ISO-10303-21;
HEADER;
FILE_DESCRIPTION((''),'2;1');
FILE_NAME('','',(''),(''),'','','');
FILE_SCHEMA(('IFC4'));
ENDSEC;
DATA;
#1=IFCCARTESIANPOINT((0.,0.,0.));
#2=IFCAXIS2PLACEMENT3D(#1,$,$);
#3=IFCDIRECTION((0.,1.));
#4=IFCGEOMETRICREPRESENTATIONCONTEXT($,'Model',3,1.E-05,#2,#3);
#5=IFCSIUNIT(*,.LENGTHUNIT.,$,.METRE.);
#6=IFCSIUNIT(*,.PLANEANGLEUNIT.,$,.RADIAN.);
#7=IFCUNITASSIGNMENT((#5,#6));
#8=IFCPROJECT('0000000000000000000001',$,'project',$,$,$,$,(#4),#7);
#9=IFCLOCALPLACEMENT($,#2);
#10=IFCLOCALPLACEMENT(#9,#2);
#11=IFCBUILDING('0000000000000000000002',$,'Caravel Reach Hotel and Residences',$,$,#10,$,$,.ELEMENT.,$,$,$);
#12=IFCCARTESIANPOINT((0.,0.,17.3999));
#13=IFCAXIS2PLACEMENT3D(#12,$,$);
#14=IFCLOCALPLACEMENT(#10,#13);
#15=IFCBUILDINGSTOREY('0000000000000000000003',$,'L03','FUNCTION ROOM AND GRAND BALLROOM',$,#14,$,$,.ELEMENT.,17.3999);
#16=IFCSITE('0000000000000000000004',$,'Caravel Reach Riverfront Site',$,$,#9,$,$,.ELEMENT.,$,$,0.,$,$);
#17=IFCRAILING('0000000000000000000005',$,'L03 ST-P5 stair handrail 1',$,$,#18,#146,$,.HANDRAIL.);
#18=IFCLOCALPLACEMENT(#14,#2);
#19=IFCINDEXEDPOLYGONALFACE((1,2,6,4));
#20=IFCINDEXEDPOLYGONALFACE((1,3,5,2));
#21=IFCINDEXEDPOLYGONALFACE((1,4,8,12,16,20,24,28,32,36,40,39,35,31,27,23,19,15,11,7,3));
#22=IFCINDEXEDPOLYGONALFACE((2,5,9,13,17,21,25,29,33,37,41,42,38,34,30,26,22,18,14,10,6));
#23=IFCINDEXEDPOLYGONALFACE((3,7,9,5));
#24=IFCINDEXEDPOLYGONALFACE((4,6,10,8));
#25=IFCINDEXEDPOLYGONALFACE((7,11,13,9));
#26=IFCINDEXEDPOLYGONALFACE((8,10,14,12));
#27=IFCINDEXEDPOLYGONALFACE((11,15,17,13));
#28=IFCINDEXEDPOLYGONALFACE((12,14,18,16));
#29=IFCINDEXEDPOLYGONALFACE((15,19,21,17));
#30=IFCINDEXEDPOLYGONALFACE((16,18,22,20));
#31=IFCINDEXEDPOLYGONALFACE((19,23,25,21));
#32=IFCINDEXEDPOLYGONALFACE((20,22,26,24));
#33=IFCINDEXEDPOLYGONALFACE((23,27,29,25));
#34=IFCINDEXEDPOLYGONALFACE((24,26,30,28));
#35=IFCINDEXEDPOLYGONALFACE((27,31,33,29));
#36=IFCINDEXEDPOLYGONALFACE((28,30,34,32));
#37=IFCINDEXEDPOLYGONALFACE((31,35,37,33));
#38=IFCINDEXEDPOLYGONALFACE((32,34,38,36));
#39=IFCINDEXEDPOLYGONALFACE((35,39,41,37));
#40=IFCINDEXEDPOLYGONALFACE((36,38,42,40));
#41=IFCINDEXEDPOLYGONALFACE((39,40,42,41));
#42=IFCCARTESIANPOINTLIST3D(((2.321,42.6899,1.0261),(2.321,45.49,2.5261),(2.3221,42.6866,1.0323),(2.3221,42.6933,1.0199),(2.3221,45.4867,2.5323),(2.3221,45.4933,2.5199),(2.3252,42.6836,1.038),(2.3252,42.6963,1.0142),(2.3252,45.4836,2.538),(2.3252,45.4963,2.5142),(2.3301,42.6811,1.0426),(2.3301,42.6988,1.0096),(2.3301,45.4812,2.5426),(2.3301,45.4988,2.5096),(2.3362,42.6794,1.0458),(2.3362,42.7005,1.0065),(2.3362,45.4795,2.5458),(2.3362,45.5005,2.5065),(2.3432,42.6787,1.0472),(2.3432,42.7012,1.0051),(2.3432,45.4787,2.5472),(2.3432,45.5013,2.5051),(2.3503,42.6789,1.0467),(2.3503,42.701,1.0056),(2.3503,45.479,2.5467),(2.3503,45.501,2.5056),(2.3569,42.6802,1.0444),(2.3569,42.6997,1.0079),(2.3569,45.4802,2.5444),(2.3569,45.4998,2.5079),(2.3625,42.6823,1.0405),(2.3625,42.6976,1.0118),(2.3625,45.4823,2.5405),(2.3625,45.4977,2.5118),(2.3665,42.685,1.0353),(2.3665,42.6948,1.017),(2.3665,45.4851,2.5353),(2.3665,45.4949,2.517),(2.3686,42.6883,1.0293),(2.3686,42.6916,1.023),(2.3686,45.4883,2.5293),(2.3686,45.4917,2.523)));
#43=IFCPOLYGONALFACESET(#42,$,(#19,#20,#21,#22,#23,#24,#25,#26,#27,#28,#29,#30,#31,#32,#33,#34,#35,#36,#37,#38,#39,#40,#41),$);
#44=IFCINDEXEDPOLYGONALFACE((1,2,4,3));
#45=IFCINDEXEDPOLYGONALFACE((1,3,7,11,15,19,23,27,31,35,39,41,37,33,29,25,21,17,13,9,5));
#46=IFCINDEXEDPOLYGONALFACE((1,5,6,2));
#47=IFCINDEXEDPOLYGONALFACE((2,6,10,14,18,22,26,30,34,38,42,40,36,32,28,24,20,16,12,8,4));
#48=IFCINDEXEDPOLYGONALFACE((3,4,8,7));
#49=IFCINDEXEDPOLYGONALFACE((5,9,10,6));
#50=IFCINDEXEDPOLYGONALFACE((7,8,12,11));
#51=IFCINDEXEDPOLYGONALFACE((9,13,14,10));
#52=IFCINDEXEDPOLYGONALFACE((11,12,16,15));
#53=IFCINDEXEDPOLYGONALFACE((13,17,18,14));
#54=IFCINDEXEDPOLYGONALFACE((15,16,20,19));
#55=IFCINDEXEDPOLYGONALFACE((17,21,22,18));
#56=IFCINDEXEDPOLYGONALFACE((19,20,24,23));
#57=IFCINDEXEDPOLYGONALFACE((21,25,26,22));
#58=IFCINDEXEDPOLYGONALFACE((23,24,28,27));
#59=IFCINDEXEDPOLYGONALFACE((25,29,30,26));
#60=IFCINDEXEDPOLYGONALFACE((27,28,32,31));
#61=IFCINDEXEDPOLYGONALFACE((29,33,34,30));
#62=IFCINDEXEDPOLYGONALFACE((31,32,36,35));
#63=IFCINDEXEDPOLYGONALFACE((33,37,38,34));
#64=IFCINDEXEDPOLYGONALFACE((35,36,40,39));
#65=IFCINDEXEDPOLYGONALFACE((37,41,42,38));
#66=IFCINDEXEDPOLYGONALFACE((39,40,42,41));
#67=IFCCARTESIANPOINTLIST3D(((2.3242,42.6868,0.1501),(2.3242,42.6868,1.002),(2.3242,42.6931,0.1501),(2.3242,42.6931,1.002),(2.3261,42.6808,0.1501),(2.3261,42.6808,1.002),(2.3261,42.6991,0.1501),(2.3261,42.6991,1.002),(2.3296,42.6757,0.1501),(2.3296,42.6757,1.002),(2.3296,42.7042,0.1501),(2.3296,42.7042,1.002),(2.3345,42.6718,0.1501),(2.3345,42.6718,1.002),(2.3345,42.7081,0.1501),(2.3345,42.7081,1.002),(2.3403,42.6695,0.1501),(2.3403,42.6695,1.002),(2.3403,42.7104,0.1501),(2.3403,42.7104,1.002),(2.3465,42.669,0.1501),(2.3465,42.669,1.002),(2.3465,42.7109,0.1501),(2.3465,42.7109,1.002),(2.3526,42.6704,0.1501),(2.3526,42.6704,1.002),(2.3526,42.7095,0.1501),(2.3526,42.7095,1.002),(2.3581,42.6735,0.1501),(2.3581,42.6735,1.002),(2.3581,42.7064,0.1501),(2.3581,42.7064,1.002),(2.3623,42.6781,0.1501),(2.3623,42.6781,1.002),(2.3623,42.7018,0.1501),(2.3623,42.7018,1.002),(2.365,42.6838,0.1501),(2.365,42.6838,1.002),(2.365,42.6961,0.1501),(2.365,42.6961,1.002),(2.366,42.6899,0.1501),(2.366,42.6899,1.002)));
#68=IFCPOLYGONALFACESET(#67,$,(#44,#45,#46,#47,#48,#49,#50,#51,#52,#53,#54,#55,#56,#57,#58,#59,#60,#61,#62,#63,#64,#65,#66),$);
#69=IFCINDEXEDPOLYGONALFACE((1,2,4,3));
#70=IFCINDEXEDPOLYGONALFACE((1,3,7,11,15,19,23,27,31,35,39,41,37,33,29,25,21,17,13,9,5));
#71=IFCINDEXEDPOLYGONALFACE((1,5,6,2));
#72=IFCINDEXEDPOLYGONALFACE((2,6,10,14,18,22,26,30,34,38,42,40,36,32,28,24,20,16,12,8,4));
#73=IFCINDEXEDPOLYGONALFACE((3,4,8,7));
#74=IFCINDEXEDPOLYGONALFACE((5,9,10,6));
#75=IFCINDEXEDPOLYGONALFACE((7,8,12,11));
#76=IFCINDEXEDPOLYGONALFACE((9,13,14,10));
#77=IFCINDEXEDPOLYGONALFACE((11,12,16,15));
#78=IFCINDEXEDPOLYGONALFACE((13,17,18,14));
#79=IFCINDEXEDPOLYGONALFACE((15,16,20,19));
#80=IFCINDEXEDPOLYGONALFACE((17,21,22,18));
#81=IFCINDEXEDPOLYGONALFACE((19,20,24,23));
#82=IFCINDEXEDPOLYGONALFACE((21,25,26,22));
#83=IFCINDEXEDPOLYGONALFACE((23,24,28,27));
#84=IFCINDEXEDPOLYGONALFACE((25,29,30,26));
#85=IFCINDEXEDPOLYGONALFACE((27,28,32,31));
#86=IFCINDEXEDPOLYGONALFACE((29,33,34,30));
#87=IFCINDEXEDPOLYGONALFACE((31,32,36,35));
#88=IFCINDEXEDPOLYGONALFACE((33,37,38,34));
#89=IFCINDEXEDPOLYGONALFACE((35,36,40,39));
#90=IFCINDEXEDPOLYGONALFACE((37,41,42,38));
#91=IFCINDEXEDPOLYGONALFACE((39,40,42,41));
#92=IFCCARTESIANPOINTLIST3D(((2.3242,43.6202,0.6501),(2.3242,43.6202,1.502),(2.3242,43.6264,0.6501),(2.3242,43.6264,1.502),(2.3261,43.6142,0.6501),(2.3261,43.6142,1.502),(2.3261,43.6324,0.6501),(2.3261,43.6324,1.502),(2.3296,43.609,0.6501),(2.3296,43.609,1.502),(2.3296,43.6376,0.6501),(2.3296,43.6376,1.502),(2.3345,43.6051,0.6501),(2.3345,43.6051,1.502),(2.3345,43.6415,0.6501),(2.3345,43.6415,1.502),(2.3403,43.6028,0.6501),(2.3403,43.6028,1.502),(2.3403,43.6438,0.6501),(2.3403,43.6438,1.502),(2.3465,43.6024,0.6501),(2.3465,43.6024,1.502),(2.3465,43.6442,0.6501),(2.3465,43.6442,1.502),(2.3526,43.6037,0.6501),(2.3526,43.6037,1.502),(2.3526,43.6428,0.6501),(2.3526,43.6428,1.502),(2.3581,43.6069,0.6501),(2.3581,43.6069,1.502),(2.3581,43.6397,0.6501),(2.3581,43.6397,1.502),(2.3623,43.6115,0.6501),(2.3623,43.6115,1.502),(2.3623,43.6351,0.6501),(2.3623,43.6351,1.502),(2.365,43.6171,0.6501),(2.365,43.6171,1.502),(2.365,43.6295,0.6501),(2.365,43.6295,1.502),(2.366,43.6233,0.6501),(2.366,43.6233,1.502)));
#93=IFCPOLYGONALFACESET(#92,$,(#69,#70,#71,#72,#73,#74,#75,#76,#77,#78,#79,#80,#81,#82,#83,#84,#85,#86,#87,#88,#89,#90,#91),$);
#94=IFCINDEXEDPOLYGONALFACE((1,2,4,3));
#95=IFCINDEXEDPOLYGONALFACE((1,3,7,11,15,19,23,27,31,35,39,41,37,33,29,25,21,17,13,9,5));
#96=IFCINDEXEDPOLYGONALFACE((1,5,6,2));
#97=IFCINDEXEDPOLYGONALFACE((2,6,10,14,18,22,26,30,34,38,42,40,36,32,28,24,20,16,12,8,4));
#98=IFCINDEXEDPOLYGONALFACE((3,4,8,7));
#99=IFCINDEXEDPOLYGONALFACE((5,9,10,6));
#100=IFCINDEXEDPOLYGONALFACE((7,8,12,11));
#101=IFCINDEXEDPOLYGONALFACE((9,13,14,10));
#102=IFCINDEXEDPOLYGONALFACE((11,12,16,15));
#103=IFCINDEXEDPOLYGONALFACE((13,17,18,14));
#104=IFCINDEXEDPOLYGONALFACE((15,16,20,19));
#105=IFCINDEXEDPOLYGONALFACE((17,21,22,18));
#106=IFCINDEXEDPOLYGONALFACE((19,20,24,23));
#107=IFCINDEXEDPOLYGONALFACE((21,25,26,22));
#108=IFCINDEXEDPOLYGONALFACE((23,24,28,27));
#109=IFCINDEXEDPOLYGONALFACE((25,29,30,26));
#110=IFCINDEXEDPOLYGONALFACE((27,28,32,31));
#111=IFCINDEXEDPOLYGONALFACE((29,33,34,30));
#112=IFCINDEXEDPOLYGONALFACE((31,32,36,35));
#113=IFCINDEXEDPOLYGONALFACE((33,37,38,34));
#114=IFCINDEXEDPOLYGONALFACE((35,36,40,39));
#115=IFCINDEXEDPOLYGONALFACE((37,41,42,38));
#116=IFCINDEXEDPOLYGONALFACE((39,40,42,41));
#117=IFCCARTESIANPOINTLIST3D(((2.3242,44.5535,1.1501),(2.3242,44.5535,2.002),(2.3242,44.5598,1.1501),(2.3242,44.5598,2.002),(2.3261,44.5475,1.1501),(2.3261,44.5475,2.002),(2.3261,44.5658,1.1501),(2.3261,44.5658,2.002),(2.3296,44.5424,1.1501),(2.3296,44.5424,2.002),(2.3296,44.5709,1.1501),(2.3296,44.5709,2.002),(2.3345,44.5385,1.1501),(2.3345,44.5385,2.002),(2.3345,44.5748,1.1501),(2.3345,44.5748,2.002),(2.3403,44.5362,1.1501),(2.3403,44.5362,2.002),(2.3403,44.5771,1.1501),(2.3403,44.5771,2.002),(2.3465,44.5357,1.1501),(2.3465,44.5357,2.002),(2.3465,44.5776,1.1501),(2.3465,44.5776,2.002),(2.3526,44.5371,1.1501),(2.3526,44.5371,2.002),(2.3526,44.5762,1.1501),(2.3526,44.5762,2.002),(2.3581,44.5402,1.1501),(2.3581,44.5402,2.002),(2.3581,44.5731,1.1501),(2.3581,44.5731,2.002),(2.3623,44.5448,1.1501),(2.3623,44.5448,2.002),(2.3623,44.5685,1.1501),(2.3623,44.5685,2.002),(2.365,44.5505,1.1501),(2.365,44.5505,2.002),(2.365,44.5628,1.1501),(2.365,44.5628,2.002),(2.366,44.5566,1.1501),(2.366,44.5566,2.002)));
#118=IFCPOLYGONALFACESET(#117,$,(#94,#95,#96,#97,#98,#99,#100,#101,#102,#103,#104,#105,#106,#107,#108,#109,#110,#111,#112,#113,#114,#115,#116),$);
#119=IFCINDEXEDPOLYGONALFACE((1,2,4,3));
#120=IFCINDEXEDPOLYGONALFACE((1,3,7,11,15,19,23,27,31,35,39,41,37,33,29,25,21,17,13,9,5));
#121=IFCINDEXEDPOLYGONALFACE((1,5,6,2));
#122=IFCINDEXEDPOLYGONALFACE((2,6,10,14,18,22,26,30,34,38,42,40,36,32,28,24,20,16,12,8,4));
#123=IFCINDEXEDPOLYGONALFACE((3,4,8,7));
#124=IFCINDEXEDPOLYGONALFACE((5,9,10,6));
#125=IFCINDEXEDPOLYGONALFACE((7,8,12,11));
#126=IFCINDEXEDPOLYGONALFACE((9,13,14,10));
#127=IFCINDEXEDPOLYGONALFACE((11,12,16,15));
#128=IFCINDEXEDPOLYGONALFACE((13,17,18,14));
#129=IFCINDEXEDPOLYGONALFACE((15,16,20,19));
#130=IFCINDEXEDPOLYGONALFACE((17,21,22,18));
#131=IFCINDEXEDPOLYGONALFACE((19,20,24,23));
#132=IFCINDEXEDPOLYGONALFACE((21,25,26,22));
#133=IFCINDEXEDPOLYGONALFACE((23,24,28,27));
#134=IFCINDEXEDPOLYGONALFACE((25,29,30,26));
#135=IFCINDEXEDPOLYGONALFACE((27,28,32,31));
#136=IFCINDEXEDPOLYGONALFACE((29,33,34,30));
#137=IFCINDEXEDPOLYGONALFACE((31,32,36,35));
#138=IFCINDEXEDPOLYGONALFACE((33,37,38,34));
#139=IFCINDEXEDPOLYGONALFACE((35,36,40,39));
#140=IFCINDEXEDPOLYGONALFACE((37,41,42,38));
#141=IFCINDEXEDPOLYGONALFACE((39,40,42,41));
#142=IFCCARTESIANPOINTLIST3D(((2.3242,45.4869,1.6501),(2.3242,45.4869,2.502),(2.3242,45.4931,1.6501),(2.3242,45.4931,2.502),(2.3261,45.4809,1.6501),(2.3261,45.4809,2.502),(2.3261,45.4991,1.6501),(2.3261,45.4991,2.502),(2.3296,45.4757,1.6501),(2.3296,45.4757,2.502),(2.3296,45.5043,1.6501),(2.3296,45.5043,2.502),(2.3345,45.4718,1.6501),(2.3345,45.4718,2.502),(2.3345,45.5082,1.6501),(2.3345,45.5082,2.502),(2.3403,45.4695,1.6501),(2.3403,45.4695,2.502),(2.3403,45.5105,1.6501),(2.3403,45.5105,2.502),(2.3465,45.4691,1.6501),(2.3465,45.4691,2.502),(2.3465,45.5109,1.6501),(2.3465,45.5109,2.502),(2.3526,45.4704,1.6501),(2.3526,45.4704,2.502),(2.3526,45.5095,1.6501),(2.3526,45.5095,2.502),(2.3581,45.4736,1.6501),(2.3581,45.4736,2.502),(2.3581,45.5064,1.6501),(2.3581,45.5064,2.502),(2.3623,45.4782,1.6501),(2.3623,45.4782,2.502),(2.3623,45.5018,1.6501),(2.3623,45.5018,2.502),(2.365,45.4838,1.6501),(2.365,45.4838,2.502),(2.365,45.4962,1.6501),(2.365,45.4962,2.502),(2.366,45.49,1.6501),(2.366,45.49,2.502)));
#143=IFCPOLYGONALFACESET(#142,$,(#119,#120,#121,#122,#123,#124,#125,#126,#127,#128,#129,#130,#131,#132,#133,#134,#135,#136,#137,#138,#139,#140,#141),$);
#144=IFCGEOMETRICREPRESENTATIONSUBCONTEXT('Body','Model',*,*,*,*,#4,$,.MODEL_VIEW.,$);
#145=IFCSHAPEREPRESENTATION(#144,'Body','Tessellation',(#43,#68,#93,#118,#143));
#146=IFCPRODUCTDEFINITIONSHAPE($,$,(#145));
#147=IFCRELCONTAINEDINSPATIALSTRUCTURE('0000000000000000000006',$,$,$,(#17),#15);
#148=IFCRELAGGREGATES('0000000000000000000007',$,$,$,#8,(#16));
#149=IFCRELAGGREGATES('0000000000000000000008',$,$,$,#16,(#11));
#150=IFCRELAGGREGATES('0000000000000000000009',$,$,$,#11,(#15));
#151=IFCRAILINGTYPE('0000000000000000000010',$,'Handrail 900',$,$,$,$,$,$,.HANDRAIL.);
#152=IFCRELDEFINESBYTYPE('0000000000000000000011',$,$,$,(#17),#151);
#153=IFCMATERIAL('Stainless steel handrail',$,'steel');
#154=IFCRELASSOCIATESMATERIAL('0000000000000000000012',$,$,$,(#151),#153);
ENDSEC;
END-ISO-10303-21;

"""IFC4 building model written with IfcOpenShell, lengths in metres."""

from ifc_helpers import new_model, si_unit, direction, frame, origin, origin_2d, place, context, subcontext, project, spatial, circle, extrude, material, type_object, element, save


model = new_model("IFC4")

# Units and contexts
model_context = context("Model", 3, precision=1e-05, world=origin(), true_north=direction((0.0, 1.0)))
body_context = subcontext(model_context, "Body", "Model", "MODEL_VIEW")
ifc_project = project(units=[si_unit("LENGTHUNIT", "METRE"), si_unit("PLANEANGLEUNIT", "RADIAN")], contexts=[model_context])

# Site, building, storey
site_placement = place(None, origin())
site = spatial("IfcSite", under=ifc_project, at=site_placement, Name="Caravel Reach Riverfront Site", CompositionType="ELEMENT", RefElevation=0.0)
building_placement = place(site_placement, origin())
building = spatial("IfcBuilding", under=site, at=building_placement, Name="Caravel Reach Hotel and Residences", CompositionType="ELEMENT")
storey_placement = place(building_placement, frame((0.0, 0.0, 17.3999)))
storey = spatial("IfcBuildingStorey", under=building, at=storey_placement, Name="L03", Description="FUNCTION ROOM AND GRAND BALLROOM", CompositionType="ELEMENT", Elevation=17.3999)

# Railing
ifc_material_1 = material(Name="Stainless steel handrail", Category="steel")
railing_type_1 = type_object("IfcRailingType", Name="Handrail 900", PredefinedType="HANDRAIL", material=ifc_material_1)
for number, where, name in (
    (1, (2.345, 42.6899, 0.1501), "L03 ST-P5 stair handrail 1"),
):
    element("IfcRailing", number, at=place(storey_placement, frame(where)), inside=storey, type_object=railing_type_1, Name=name, PredefinedType="HANDRAIL", context=body_context, shape_type="SweptSolid", body=[
        extrude(circle(Radius=0.0239, at=origin_2d()), frame((0.0, 0.0, 0.876), z_axis=(0.0, 0.881483, 0.472215), x_axis=(-1.0, 0.0, 0.0)), (0.0, 0.0, 1.0), 3.1765),
        extrude(circle(Radius=0.021, at=origin_2d()), origin(), (0.0, 0.0, 1.0), 0.8518),
        extrude(circle(Radius=0.021, at=origin_2d()), frame((0.0, 0.9333, 0.5)), (0.0, 0.0, 1.0), 0.8518),
        extrude(circle(Radius=0.021, at=origin_2d()), frame((0.0, 1.8667, 1.0)), (0.0, 0.0, 1.0), 0.8518),
        extrude(circle(Radius=0.021, at=origin_2d()), frame((0.0, 2.8, 1.5)), (0.0, 0.0, 1.0), 0.8518),
    ])

save(model, "model.ifc")
